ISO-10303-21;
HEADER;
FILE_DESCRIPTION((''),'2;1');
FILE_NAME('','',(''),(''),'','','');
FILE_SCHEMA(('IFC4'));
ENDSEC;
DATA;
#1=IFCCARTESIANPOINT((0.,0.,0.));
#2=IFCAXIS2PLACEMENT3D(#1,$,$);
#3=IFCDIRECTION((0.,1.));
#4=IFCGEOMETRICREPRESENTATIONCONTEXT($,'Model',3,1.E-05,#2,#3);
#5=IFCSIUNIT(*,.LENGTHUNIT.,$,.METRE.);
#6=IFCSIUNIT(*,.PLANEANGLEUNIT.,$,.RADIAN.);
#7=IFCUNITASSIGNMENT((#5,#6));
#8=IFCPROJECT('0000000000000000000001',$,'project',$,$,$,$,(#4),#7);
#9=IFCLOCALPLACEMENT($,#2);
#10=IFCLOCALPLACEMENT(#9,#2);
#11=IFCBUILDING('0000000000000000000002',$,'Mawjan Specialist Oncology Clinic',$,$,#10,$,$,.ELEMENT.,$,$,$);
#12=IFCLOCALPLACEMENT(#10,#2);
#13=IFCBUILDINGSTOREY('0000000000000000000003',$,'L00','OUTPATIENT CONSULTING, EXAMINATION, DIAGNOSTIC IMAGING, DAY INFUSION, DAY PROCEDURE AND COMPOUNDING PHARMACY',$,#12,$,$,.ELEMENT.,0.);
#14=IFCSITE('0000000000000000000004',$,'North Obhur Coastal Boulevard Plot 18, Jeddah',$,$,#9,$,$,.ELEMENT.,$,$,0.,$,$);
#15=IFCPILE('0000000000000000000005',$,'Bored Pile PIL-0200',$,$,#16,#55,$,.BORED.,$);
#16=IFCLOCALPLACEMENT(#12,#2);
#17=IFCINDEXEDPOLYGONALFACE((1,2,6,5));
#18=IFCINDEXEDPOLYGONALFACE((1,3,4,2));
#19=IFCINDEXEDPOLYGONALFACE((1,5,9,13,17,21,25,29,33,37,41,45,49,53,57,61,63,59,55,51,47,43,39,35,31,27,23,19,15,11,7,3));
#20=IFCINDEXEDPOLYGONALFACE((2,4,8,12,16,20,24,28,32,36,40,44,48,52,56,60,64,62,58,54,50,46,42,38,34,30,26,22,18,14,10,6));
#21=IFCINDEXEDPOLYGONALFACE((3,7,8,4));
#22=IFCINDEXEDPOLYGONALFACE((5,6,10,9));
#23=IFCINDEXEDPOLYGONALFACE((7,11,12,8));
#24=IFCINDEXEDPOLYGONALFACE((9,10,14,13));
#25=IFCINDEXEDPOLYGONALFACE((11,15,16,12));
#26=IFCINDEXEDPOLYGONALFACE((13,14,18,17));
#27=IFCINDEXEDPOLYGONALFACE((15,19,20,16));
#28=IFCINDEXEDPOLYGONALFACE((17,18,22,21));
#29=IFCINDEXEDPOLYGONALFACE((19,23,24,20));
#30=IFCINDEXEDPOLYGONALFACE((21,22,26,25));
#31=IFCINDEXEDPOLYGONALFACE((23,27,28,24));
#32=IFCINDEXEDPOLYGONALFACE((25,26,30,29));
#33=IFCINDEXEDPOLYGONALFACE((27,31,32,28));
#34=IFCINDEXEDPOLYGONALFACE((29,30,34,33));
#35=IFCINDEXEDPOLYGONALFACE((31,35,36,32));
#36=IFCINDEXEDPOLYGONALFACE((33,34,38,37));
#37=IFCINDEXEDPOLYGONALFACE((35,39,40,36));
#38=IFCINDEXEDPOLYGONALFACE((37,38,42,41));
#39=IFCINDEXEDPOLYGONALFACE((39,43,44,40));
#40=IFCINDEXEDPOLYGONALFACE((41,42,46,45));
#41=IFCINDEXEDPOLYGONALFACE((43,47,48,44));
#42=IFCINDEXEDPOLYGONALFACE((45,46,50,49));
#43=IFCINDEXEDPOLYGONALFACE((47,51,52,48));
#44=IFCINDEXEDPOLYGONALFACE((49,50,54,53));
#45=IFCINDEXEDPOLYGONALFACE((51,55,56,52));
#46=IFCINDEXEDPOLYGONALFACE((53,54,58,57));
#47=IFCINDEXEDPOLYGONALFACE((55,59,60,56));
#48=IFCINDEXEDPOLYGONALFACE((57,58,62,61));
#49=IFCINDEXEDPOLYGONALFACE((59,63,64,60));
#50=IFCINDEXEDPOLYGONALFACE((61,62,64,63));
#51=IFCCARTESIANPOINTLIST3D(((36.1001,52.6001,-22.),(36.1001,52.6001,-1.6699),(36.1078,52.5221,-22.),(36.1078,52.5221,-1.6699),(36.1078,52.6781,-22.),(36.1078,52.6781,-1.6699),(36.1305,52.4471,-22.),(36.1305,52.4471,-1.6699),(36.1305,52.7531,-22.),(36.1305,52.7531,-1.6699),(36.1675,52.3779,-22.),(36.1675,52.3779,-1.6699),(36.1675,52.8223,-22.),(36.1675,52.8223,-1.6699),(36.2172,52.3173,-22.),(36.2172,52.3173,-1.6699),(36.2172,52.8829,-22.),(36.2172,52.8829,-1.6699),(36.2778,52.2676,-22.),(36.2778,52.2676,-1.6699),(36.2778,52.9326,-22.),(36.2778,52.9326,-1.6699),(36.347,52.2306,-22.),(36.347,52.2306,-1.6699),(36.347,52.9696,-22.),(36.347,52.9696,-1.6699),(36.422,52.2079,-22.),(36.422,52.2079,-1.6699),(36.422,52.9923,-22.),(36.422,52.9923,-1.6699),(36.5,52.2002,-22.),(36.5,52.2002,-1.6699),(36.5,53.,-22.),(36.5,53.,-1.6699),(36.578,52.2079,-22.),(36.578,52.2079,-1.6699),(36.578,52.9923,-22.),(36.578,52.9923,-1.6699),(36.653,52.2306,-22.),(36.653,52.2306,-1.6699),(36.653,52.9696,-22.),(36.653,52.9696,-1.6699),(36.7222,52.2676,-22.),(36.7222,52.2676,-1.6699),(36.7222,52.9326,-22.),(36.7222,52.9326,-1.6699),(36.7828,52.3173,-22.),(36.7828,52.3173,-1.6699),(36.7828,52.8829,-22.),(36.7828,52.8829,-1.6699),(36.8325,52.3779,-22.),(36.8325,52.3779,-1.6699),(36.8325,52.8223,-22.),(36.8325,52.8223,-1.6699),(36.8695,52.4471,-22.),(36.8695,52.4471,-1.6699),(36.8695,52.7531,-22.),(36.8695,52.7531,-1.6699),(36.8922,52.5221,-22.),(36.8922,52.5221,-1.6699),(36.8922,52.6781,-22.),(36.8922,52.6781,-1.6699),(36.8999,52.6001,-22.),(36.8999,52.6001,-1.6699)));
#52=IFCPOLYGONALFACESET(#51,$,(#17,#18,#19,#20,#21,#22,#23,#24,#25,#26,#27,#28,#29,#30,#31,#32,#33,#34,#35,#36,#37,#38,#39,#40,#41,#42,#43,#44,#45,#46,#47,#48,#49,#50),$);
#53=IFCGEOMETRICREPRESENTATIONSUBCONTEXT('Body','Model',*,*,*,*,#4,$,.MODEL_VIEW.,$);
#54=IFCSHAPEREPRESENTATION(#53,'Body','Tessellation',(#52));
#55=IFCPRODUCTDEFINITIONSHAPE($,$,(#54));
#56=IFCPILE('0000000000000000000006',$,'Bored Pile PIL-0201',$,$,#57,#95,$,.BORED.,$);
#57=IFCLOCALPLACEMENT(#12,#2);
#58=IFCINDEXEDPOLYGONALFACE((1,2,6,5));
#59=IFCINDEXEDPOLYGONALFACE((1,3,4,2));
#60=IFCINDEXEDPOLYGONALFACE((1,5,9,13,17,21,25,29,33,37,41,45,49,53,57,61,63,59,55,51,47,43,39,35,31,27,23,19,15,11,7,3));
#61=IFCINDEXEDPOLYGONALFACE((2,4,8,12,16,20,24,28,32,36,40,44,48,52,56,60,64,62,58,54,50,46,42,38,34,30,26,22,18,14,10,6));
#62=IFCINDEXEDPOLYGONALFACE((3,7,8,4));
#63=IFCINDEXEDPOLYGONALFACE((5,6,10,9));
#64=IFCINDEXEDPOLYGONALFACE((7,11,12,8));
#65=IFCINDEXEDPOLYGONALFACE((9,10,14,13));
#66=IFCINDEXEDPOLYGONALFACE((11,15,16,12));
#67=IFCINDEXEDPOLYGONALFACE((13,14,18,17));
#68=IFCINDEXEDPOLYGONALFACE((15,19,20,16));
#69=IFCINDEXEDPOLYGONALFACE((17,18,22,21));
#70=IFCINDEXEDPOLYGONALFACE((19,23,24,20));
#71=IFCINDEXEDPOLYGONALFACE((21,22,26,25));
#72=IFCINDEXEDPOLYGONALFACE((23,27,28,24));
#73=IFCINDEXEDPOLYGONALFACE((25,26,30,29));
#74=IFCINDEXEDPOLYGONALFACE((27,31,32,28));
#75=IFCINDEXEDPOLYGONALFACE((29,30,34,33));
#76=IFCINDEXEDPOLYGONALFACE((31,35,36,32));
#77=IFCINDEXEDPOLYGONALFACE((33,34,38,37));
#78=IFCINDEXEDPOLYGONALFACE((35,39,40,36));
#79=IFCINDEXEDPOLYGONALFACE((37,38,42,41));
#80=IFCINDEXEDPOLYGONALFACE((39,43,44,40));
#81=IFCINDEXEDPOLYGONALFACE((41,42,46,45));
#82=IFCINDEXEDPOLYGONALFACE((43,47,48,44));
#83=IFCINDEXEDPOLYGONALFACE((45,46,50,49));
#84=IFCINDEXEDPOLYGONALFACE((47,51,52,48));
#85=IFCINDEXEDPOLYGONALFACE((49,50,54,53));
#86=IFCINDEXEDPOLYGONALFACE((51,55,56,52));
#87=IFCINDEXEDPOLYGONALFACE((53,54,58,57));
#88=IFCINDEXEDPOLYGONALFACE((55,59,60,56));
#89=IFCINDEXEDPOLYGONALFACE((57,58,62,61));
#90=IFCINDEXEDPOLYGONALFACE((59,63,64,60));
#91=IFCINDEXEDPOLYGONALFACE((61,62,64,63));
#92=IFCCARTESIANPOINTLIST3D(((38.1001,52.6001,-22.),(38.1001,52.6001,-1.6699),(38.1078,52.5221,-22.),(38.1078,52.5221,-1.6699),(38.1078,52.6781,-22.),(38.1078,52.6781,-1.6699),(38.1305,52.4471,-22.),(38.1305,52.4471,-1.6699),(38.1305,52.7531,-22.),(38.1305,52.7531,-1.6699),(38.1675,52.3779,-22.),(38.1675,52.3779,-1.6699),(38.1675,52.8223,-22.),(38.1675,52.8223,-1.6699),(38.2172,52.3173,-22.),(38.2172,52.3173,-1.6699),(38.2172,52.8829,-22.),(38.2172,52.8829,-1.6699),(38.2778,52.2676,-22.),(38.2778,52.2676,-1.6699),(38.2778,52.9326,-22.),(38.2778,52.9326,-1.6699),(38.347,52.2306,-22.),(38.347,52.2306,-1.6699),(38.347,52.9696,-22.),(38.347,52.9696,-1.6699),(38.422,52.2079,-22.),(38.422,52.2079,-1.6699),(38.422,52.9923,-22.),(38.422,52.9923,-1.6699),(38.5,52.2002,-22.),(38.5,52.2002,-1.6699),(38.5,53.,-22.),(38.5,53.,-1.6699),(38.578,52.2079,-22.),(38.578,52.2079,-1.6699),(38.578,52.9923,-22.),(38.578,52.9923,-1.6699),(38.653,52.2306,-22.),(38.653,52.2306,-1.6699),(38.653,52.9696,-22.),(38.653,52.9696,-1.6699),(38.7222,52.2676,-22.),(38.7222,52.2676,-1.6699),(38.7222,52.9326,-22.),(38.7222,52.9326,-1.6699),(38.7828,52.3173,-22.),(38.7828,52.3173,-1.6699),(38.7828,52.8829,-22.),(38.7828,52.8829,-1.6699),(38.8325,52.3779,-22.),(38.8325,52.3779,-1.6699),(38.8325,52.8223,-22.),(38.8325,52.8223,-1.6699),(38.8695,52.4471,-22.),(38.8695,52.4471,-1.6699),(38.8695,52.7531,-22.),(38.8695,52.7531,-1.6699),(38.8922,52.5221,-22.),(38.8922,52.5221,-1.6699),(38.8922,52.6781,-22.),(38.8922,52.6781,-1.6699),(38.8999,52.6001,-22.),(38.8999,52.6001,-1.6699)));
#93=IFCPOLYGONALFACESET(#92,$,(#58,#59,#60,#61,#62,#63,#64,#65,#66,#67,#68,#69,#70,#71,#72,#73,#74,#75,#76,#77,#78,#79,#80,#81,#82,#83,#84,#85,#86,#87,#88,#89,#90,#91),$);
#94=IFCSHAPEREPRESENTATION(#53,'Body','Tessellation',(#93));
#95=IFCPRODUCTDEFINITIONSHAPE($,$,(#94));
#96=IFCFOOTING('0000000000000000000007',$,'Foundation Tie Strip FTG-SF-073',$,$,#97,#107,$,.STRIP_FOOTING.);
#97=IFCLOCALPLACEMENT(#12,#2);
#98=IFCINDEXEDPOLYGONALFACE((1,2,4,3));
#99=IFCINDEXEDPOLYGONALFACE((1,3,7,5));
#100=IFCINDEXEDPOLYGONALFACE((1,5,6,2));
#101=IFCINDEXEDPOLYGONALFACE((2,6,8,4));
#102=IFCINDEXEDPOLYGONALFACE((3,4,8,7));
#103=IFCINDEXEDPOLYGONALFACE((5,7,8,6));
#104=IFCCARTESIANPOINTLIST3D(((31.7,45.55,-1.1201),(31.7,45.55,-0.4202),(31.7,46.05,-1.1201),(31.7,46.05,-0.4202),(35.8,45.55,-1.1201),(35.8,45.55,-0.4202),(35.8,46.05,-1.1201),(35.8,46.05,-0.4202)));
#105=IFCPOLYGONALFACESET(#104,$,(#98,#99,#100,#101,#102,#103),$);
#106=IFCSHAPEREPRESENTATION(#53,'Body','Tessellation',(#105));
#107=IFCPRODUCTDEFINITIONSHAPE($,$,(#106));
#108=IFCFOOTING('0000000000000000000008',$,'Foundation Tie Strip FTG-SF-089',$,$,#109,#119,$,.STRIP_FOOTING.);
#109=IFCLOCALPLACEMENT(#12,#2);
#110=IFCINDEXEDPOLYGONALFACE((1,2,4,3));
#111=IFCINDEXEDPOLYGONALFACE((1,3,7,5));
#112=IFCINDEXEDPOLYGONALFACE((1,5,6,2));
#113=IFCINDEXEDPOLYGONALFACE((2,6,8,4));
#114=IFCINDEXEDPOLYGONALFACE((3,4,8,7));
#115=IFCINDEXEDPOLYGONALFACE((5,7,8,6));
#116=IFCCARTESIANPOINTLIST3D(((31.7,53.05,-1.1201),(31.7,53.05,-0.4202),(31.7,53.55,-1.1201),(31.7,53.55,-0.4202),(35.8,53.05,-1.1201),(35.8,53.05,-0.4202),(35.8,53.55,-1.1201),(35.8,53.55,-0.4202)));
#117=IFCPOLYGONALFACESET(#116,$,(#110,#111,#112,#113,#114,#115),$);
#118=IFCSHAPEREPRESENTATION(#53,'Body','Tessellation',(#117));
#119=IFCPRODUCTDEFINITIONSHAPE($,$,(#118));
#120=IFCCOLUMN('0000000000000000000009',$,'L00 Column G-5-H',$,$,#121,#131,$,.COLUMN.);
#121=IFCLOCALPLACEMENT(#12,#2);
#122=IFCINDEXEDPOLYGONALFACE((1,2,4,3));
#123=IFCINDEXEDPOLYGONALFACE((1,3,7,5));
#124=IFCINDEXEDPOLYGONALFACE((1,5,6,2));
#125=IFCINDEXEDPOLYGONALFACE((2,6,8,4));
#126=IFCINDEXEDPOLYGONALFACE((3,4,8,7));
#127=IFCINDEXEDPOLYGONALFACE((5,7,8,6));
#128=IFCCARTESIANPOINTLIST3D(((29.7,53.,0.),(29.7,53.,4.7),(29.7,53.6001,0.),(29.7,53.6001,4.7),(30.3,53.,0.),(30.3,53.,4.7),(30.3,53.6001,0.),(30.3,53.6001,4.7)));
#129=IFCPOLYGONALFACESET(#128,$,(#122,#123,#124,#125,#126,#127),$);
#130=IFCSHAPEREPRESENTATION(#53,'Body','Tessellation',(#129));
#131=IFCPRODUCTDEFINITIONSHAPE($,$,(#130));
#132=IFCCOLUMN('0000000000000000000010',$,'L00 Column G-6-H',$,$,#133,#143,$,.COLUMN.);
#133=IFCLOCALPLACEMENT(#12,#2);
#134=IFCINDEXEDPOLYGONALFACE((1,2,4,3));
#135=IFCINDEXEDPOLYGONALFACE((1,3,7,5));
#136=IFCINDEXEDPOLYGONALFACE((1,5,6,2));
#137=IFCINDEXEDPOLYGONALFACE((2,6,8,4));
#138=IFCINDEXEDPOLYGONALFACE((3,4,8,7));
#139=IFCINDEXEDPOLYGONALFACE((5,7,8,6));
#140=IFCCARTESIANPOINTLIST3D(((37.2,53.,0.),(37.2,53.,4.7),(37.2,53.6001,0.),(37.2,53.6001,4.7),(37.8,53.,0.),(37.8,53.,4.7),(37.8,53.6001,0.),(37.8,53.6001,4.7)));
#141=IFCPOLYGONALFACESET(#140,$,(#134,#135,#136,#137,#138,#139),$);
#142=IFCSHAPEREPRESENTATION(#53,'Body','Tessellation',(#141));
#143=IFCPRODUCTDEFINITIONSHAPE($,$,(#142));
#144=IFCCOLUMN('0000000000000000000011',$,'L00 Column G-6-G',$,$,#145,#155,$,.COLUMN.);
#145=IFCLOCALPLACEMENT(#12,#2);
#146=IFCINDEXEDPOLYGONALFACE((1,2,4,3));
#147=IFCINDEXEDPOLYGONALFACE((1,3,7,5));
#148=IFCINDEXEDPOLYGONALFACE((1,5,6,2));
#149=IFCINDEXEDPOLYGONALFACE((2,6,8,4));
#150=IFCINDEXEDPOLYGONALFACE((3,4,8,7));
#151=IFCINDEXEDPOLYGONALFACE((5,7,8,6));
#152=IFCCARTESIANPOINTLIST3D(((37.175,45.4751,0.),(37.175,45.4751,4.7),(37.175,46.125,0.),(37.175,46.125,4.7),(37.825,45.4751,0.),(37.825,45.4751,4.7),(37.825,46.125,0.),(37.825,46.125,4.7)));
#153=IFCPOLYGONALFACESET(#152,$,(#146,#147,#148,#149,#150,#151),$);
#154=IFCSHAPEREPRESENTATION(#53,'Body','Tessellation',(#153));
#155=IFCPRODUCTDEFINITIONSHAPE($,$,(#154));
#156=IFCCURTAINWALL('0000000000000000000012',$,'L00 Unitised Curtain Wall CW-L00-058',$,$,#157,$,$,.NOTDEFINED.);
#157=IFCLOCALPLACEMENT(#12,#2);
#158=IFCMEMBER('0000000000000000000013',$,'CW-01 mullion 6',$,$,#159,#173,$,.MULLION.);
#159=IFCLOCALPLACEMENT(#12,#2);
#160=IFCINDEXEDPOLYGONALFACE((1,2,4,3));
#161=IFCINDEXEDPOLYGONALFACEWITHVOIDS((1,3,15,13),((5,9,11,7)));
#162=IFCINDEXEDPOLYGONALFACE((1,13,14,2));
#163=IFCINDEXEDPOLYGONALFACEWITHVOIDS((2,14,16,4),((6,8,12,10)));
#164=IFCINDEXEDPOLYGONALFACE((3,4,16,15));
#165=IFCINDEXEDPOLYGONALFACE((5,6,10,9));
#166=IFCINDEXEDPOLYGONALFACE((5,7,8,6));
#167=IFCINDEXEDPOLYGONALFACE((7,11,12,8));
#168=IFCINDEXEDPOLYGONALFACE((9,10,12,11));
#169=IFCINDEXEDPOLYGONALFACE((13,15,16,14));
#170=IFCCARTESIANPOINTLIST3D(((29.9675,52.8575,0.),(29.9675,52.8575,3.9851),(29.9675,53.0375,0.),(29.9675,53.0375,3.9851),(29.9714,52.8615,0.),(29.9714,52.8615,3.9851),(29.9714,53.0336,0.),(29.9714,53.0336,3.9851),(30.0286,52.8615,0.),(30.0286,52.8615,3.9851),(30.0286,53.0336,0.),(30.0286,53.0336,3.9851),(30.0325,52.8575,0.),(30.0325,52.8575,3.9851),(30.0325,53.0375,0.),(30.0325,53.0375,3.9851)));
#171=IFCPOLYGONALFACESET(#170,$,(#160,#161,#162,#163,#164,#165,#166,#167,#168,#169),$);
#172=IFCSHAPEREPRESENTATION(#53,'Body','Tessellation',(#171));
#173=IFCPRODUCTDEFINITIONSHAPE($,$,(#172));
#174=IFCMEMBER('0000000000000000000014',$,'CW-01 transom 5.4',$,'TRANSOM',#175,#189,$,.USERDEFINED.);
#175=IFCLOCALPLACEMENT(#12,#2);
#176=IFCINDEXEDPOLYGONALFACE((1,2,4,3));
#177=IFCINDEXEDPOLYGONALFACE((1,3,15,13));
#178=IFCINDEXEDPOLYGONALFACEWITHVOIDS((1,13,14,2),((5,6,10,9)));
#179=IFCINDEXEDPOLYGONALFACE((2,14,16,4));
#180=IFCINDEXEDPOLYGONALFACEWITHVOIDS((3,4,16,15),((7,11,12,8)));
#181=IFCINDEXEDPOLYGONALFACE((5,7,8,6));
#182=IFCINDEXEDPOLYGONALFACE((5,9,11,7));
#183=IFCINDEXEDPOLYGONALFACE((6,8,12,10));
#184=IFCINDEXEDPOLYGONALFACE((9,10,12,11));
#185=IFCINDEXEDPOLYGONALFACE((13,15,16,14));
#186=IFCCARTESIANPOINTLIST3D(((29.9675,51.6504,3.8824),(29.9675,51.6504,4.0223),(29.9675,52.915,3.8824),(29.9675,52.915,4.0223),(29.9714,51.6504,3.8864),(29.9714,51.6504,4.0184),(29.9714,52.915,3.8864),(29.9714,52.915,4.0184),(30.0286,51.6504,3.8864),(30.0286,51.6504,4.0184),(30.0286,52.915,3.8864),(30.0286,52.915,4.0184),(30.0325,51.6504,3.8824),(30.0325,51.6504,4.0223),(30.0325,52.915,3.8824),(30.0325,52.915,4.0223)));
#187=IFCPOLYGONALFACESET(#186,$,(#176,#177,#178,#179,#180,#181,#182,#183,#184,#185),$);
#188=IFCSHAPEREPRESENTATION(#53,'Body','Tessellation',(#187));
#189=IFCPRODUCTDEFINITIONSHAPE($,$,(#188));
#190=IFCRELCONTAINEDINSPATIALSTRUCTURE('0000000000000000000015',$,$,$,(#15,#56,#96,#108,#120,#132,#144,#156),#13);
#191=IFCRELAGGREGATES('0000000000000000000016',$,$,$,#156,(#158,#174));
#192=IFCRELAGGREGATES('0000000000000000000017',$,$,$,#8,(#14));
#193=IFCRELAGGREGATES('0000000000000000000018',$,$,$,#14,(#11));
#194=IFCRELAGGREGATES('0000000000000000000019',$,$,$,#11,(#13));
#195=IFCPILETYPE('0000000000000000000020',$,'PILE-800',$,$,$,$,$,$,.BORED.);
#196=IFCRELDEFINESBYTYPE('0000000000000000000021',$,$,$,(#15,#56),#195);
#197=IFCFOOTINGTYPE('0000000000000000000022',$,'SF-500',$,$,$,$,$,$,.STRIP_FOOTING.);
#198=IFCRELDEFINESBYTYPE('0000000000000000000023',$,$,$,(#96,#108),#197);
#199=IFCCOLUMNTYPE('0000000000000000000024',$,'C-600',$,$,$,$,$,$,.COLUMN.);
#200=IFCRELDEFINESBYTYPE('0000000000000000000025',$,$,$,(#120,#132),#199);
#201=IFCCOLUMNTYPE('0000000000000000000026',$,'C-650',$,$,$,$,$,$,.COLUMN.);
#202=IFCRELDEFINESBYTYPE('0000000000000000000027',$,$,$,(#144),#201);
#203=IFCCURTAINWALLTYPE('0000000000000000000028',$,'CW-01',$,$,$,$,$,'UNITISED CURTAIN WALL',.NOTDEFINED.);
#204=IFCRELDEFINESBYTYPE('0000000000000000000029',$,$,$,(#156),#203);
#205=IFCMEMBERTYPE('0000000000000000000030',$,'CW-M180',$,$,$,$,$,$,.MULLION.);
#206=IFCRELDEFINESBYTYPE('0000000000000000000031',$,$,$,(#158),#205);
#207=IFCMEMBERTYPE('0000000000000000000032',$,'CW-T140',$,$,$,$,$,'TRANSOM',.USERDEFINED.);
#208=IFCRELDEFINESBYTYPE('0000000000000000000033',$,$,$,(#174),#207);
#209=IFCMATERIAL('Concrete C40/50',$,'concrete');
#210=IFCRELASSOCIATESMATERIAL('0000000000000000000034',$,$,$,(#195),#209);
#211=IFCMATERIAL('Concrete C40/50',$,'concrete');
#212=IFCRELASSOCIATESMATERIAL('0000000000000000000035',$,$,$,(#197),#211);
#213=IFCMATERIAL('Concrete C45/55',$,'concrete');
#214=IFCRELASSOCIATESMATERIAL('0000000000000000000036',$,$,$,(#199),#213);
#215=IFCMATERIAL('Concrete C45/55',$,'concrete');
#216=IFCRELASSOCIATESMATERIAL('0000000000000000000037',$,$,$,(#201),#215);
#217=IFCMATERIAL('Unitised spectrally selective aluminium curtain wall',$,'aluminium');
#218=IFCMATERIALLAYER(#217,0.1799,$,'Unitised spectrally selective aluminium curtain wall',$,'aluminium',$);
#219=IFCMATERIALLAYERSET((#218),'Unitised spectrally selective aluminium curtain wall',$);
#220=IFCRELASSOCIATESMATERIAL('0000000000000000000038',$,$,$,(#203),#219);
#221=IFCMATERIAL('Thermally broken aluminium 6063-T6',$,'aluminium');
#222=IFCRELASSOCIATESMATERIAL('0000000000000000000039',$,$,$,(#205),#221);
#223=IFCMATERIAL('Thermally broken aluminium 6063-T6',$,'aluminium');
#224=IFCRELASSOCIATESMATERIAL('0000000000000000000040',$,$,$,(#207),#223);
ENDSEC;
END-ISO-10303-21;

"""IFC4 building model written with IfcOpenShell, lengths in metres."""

from ifc_helpers import new_model, si_unit, direction, frame, origin, origin_2d, place, context, subcontext, project, spatial, rectangle, hollow_rectangle, circle, extrude, material, layer, layer_set, material_profile, profile_set, type_object, element, aggregate, save


model = new_model("IFC4")

# Units and contexts
model_context = context("Model", 3, precision=1e-05, world=origin(), true_north=direction((0.0, 1.0)))
body_context = subcontext(model_context, "Body", "Model", "MODEL_VIEW")
ifc_project = project(units=[si_unit("LENGTHUNIT", "METRE"), si_unit("PLANEANGLEUNIT", "RADIAN")], contexts=[model_context])

# Site, building, storey
site_placement = place(None, origin())
site = spatial("IfcSite", under=ifc_project, at=site_placement, Name="North Obhur Coastal Boulevard Plot 18, Jeddah", CompositionType="ELEMENT", RefElevation=0.0)
building_placement = place(site_placement, origin())
building = spatial("IfcBuilding", under=site, at=building_placement, Name="Mawjan Specialist Oncology Clinic", CompositionType="ELEMENT")
storey_placement = place(building_placement, origin())
storey = spatial("IfcBuildingStorey", under=building, at=storey_placement, Name="L00", Description="OUTPATIENT CONSULTING, EXAMINATION, DIAGNOSTIC IMAGING, DAY INFUSION, DAY PROCEDURE AND COMPOUNDING PHARMACY", CompositionType="ELEMENT", Elevation=0.0)

# Piles
ifc_material_1 = material(Name="Concrete C40/50", Category="concrete")
ifc_material_profile_1 = material_profile(ifc_material_1, circle(Radius=0.3999, at=origin_2d()), Name="BORED PILE D800", Category="concrete")
ifc_profile_set_1 = profile_set([ifc_material_profile_1], Name="Concrete C40/50")
pile_type = type_object("IfcPileType", Name="PILE-800", PredefinedType="BORED", material=ifc_profile_set_1)
for number, where, z_axis, x_axis, name in (
    (1, (36.5, 52.6001, -1.6699), (0.0, 0.0, -1.0), (1.0, 0.0, 0.0), "Bored Pile PIL-0200"),
    (2, (38.5, 52.6001, -1.6699), (0.0, 0.0, -1.0), (1.0, 0.0, 0.0), "Bored Pile PIL-0201"),
):
    element("IfcPile", number, at=place(storey_placement, frame(where, z_axis=z_axis, x_axis=x_axis)), inside=storey, type_object=pile_type, Name=name, PredefinedType="BORED", context=body_context, shape_type="SweptSolid", body=[
        extrude(circle(Radius=0.3999, at=origin_2d()), origin(), (0.0, 0.0, 1.0), 20.3301),
    ])

# Footings
ifc_material_2 = material(Name="Concrete C40/50", Category="concrete")
footing_type_1 = type_object("IfcFootingType", Name="SF-500", PredefinedType="STRIP_FOOTING", material=ifc_material_2)
for number, where, z_axis, x_axis, name in (
    (3, (33.75, 45.8, -1.1201), (0.0, 0.0, 1.0), (1.0, 0.0, 0.0), "Foundation Tie Strip FTG-SF-073"),
    (4, (33.75, 53.3, -1.1201), (0.0, 0.0, 1.0), (1.0, 0.0, 0.0), "Foundation Tie Strip FTG-SF-089"),
):
    element("IfcFooting", number, at=place(storey_placement, frame(where, z_axis=z_axis, x_axis=x_axis)), inside=storey, type_object=footing_type_1, Name=name, PredefinedType="STRIP_FOOTING", context=body_context, shape_type="SweptSolid", body=[
        extrude(rectangle(XDim=4.1001, YDim=0.5, at=origin_2d()), origin(), (0.0, 0.0, 1.0), 0.7),
    ])

# Columns
ifc_material_3 = material(Name="Concrete C45/55", Category="concrete")
ifc_material_profile_2 = material_profile(ifc_material_3, rectangle(XDim=0.6001, YDim=0.6001, at=origin_2d()), Name="RC COL 600x600", Category="concrete")
ifc_profile_set_2 = profile_set([ifc_material_profile_2], Name="Concrete C45/55")
column_type_1 = type_object("IfcColumnType", Name="C-600", PredefinedType="COLUMN", material=ifc_profile_set_2)
for number, where, z_axis, x_axis, name in (
    (5, (30.0, 53.3, 0.0), (0.0, 0.0, 1.0), (1.0, 0.0, 0.0), "L00 Column G-5-H"),
    (6, (37.5, 53.3, 0.0), (0.0, 0.0, 1.0), (1.0, 0.0, 0.0), "L00 Column G-6-H"),
):
    element("IfcColumn", number, at=place(storey_placement, frame(where, z_axis=z_axis, x_axis=x_axis)), inside=storey, type_object=column_type_1, Name=name, PredefinedType="COLUMN", context=body_context, shape_type="SweptSolid", body=[
        extrude(rectangle(XDim=0.6001, YDim=0.6001, at=origin_2d()), origin(), (0.0, 0.0, 1.0), 4.7),
    ])
ifc_material_4 = material(Name="Concrete C45/55", Category="concrete")
ifc_material_profile_3 = material_profile(ifc_material_4, rectangle(XDim=0.6499, YDim=0.6499, at=origin_2d()), Name="RC COL 650x650", Category="concrete")
ifc_profile_set_3 = profile_set([ifc_material_profile_3], Name="Concrete C45/55")
column_type_2 = type_object("IfcColumnType", Name="C-650", PredefinedType="COLUMN", material=ifc_profile_set_3)
column_placement = place(storey_placement, frame((37.5, 45.8, 0.0), z_axis=(0.0, 0.0, 1.0), x_axis=(1.0, 0.0, 0.0)))
element("IfcColumn", 7, at=column_placement, inside=storey, type_object=column_type_2, Name="L00 Column G-6-G", PredefinedType="COLUMN", context=body_context, shape_type="SweptSolid", body=[
    extrude(rectangle(XDim=0.6499, YDim=0.6499, at=origin_2d()), origin(), (0.0, 0.0, 1.0), 4.7),
])

# Curtain wall, members
ifc_material_5 = material(Name="Unitised spectrally selective aluminium curtain wall", Category="aluminium")
ifc_layer_1 = layer(ifc_material_5, 0.1799, Name="Unitised spectrally selective aluminium curtain wall", Category="aluminium")
ifc_layer_set_1 = layer_set([ifc_layer_1], Name="Unitised spectrally selective aluminium curtain wall")
curtain_wall_type = type_object("IfcCurtainWallType", Name="CW-01", ElementType="UNITISED CURTAIN WALL", PredefinedType="NOTDEFINED", material=ifc_layer_set_1)
curtain_wall_placement = place(storey_placement, origin())
curtain_wall = element("IfcCurtainWall", 8, at=curtain_wall_placement, inside=storey, type_object=curtain_wall_type, Name="L00 Unitised Curtain Wall CW-L00-058", PredefinedType="NOTDEFINED")
ifc_material_6 = material(Name="Thermally broken aluminium 6063-T6", Category="aluminium")
ifc_material_profile_4 = material_profile(ifc_material_6, hollow_rectangle(XDim=0.0649, YDim=0.1799, WallThickness=0.0039, at=origin_2d()), Name="ALU MULLION 180x65x4", Category="aluminium")
ifc_profile_set_4 = profile_set([ifc_material_profile_4], Name="Thermally broken aluminium 6063-T6")
member_type_1 = type_object("IfcMemberType", Name="CW-M180", PredefinedType="MULLION", material=ifc_profile_set_4)
member_1_placement = place(storey_placement, frame((30.0, 52.9475, 0.0), z_axis=(0.0, 0.0, 1.0), x_axis=(-1.0, 0.0, 0.0)))
member_1 = element("IfcMember", 9, at=member_1_placement, type_object=member_type_1, Name="CW-01 mullion 6", PredefinedType="MULLION", context=body_context, shape_type="SweptSolid", body=[
    extrude(hollow_rectangle(XDim=0.0649, YDim=0.1799, WallThickness=0.0039, at=origin_2d()), origin(), (0.0, 0.0, 1.0), 3.9851),
])
ifc_material_7 = material(Name="Thermally broken aluminium 6063-T6", Category="aluminium")
ifc_material_profile_5 = material_profile(ifc_material_7, hollow_rectangle(XDim=0.0649, YDim=0.1399, WallThickness=0.0039, at=origin_2d()), Name="ALU TRANSOM 140x65x4", Category="aluminium")
ifc_profile_set_5 = profile_set([ifc_material_profile_5], Name="Thermally broken aluminium 6063-T6")
member_type_2 = type_object("IfcMemberType", Name="CW-T140", ElementType="TRANSOM", PredefinedType="USERDEFINED", material=ifc_profile_set_5)
member_2_placement = place(storey_placement, frame((30.0, 51.6504, 3.9524), z_axis=(0.0, 1.0, 0.0), x_axis=(-1.0, 0.0, 0.0)))
member_2 = element("IfcMember", 10, at=member_2_placement, type_object=member_type_2, Name="CW-01 transom 5.4", ObjectType="TRANSOM", PredefinedType="USERDEFINED", context=body_context, shape_type="SweptSolid", body=[
    extrude(hollow_rectangle(XDim=0.0649, YDim=0.1399, WallThickness=0.0039, at=origin_2d()), origin(), (0.0, 0.0, 1.0), 1.2646),
])
aggregate(curtain_wall, [member_1, member_2])

save(model, "model.ifc")
